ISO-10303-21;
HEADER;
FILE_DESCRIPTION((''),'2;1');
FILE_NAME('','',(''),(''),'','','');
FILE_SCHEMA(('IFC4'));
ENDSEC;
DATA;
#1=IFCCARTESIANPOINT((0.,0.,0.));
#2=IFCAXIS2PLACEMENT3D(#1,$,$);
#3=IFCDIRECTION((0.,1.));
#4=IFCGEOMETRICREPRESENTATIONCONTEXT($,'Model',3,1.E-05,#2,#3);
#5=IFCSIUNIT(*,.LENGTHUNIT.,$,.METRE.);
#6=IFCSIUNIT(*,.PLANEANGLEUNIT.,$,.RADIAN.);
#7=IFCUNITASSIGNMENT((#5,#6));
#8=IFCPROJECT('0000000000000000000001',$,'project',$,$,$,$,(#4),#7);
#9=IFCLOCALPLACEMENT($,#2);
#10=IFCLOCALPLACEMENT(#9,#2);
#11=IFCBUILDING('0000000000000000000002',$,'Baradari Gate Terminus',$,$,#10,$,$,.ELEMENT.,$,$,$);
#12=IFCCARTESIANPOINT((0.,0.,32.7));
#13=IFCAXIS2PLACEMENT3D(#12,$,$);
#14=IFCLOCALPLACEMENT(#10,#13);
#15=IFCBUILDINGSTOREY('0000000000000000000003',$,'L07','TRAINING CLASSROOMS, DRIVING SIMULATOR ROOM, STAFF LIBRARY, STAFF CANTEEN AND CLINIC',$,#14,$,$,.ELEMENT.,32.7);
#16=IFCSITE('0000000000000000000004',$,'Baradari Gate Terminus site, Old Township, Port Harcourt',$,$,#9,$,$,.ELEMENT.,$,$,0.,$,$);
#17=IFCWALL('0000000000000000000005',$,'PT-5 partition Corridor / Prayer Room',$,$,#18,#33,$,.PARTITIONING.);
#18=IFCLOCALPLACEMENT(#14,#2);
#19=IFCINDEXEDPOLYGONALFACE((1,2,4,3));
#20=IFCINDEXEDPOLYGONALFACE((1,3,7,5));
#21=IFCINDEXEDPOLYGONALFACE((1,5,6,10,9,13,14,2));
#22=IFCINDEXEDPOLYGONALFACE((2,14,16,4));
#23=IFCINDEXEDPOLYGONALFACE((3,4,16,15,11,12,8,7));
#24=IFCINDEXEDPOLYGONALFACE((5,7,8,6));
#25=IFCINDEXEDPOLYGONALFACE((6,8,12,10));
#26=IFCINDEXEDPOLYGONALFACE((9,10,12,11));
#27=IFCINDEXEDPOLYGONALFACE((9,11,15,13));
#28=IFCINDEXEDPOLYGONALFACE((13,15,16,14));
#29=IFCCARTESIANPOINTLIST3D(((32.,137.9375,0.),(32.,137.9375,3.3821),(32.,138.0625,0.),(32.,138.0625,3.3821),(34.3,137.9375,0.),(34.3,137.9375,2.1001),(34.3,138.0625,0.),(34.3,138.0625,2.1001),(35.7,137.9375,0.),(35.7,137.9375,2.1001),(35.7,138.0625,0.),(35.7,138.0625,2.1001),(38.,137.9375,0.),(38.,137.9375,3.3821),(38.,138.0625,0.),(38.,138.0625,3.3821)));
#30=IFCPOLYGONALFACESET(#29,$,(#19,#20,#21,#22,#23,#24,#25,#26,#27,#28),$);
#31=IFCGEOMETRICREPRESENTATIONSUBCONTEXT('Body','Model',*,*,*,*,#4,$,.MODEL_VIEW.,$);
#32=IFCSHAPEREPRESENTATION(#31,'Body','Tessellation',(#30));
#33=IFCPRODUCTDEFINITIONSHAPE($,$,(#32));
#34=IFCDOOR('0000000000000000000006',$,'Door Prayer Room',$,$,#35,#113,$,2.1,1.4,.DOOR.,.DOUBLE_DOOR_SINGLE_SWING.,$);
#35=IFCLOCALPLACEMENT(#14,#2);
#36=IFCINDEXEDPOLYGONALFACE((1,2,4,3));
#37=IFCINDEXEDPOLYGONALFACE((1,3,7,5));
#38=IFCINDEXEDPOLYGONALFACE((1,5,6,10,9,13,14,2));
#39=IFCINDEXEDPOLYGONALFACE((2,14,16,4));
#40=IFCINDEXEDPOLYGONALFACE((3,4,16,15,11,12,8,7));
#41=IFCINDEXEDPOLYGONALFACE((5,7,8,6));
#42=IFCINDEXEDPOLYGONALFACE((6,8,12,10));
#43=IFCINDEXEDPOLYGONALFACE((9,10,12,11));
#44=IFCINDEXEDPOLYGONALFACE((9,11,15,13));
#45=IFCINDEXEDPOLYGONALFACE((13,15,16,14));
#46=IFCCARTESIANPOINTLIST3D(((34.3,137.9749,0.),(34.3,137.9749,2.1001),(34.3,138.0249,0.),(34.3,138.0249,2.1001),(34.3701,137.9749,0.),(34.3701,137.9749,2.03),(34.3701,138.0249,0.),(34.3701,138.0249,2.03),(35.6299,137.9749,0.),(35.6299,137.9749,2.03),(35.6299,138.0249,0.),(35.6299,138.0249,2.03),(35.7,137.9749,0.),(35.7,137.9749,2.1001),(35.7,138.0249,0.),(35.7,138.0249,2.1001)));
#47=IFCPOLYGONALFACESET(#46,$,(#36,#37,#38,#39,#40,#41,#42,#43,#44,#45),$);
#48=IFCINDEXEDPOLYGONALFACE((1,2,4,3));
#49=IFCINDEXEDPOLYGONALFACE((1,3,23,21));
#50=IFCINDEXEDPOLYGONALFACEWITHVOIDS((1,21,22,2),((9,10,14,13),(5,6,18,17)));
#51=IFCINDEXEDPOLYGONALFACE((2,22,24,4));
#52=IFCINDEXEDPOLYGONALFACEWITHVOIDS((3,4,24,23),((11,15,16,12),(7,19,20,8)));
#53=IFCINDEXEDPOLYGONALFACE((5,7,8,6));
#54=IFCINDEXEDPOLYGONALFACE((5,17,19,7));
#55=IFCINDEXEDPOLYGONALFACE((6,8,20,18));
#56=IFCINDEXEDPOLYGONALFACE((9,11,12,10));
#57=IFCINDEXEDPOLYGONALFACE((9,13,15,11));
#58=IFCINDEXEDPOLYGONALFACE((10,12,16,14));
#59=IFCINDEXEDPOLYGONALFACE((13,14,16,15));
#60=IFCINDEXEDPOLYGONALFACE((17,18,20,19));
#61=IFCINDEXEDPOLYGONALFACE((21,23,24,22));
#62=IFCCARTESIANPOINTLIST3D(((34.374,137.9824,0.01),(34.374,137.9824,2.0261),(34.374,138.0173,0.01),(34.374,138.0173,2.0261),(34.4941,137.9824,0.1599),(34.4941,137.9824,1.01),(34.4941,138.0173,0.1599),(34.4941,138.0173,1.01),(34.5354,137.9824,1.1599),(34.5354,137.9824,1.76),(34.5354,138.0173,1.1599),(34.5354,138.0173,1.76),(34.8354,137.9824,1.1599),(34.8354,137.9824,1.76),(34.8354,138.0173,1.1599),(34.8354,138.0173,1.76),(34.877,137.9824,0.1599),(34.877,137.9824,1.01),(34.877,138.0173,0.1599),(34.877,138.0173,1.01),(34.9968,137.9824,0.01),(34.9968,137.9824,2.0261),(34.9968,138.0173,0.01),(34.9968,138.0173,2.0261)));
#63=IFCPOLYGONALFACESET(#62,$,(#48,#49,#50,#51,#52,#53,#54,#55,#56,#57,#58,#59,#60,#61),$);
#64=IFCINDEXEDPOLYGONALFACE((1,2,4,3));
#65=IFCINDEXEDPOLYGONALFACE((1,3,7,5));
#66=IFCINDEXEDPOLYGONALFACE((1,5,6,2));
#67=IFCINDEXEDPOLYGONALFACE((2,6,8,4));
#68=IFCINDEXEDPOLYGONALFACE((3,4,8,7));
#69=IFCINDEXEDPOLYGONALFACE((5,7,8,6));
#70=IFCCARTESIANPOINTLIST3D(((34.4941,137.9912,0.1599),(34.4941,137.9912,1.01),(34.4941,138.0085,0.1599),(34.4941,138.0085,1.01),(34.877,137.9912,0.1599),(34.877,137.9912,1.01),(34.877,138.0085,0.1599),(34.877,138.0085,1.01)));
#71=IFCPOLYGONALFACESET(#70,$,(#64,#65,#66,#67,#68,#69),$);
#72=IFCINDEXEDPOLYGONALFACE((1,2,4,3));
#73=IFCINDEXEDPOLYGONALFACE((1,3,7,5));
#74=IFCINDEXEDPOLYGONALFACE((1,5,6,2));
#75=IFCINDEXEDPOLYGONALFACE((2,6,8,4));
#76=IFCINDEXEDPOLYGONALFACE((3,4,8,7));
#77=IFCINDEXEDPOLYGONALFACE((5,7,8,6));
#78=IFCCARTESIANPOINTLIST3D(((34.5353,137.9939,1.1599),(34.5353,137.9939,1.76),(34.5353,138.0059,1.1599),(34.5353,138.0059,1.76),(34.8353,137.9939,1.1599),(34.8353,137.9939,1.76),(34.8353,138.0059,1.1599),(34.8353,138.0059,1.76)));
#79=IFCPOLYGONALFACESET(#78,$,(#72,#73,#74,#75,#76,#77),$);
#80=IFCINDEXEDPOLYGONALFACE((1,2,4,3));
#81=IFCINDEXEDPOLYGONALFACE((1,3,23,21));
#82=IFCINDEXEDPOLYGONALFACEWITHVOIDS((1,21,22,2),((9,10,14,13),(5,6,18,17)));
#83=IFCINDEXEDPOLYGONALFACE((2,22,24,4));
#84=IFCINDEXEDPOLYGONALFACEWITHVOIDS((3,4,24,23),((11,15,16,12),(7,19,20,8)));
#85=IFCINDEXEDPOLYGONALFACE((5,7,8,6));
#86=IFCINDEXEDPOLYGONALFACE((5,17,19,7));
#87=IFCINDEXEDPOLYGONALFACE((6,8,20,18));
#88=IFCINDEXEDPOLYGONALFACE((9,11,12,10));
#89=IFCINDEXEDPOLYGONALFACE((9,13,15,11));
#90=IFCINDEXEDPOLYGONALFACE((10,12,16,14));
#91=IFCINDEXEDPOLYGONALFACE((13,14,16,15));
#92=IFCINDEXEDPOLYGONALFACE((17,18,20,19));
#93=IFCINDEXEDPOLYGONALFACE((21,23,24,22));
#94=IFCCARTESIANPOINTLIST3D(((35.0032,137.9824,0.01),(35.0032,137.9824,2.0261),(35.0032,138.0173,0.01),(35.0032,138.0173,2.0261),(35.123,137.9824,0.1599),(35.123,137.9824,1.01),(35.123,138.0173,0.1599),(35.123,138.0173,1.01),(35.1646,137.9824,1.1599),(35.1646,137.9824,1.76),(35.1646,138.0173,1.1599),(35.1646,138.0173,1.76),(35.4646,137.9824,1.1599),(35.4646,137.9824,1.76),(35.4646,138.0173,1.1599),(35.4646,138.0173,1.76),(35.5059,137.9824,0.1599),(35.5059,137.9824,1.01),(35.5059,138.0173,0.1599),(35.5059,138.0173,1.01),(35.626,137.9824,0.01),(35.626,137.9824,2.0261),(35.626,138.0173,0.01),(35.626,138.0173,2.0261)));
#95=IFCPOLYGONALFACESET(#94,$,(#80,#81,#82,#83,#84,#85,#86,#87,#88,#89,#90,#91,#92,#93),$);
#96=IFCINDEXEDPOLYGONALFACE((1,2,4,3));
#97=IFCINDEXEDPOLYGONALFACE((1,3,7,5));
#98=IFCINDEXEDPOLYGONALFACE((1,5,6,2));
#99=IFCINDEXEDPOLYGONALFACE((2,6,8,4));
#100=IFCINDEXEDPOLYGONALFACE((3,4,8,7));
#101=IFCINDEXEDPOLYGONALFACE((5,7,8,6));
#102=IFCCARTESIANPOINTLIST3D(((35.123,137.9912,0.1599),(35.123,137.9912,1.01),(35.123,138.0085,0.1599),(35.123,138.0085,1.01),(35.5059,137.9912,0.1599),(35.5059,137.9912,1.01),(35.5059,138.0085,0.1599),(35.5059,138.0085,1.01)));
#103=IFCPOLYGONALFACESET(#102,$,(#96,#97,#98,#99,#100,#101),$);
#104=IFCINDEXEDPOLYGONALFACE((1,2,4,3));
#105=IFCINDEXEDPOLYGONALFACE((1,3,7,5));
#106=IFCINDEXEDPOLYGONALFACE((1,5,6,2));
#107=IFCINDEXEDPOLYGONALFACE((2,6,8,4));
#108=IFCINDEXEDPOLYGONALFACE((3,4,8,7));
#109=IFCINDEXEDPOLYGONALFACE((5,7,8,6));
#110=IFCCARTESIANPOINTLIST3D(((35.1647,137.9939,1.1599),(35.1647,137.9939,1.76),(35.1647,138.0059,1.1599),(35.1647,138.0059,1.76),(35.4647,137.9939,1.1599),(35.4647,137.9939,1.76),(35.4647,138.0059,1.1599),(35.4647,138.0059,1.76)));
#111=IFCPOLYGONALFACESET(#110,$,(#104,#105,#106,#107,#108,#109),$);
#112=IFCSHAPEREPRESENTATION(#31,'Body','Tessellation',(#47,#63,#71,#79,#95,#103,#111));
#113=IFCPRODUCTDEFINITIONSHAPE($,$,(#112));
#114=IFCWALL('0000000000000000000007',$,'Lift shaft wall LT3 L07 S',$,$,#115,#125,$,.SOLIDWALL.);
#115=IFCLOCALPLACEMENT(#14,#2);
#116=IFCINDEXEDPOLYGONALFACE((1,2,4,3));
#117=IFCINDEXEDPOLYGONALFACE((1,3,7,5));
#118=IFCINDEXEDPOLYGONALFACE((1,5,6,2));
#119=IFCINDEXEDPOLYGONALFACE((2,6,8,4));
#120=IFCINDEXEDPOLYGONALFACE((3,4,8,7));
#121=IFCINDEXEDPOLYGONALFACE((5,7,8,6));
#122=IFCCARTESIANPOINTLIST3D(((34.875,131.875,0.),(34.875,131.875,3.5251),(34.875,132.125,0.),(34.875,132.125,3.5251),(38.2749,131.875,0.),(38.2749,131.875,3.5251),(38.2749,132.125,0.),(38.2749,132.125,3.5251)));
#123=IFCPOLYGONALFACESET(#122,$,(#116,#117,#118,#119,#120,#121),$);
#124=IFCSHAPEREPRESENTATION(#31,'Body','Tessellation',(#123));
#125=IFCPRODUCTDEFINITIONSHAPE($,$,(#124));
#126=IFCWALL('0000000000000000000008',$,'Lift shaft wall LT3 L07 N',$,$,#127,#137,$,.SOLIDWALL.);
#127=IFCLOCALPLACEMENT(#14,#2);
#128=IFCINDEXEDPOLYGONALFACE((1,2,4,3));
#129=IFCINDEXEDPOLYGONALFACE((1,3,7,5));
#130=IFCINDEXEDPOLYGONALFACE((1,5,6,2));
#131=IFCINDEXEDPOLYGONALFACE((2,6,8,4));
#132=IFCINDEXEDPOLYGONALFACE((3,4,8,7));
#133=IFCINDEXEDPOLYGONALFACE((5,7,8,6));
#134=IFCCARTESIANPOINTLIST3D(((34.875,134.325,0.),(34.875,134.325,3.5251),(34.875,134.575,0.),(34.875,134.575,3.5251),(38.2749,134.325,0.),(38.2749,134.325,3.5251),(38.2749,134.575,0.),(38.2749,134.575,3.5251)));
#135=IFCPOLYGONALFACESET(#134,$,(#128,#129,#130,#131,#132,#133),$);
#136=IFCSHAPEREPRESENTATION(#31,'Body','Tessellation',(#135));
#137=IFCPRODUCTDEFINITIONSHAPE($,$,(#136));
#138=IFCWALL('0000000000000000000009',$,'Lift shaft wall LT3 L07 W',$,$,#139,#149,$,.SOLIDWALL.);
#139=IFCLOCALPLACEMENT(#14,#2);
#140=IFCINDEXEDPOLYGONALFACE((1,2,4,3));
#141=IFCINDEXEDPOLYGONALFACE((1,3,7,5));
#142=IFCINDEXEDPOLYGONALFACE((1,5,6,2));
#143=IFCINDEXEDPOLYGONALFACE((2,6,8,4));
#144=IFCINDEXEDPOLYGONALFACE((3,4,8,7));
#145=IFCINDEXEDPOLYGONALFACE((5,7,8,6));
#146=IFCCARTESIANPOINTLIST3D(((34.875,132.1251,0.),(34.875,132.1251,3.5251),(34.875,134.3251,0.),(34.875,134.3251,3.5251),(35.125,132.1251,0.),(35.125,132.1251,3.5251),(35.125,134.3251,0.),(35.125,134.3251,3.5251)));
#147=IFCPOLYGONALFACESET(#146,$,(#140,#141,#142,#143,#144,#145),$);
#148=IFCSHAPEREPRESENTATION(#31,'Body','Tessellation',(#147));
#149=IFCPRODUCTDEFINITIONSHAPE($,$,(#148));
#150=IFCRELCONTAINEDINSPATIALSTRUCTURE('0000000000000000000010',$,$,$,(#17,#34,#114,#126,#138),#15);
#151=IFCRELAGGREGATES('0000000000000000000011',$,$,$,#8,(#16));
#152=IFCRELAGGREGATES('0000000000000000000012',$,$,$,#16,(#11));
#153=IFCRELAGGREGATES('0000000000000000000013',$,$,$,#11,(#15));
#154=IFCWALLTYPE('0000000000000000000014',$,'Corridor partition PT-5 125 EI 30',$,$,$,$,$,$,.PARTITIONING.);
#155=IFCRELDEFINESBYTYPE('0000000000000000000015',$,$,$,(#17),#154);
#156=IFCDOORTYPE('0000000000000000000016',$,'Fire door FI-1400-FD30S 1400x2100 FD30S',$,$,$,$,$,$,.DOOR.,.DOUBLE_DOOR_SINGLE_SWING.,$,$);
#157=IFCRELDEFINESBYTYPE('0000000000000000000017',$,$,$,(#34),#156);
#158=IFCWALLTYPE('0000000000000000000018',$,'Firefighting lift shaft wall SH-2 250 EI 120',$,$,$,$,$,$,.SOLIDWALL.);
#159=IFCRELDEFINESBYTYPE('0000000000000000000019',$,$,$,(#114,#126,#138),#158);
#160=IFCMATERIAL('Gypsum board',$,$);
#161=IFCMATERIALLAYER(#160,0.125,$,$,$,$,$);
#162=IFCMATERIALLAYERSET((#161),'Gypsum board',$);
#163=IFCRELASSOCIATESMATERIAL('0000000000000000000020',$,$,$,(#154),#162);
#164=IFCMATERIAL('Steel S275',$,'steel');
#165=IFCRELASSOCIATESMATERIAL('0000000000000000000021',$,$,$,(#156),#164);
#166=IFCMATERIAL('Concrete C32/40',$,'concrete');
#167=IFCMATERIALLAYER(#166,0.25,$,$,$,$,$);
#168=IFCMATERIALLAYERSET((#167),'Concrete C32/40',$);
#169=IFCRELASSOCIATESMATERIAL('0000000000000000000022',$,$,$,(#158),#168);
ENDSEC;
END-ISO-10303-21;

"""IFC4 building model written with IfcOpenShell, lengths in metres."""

from ifc_helpers import new_model, si_unit, direction, frame, frame_2d, origin, place, context, subcontext, project, spatial, polyline, rectangle, outline, extrude, material, layer, layer_set, type_object, element, fill, save


model = new_model("IFC4")

# Units and contexts
model_context = context("Model", 3, precision=1e-05, world=origin(), true_north=direction((0.0, 1.0)))
body_context = subcontext(model_context, "Body", "Model", "MODEL_VIEW")
ifc_project = project(units=[si_unit("LENGTHUNIT", "METRE"), si_unit("PLANEANGLEUNIT", "RADIAN")], contexts=[model_context])

# Site, building, storey
site_placement = place(None, origin())
site = spatial("IfcSite", under=ifc_project, at=site_placement, Name="Baradari Gate Terminus site, Old Township, Port Harcourt", CompositionType="ELEMENT", RefElevation=0.0)
building_placement = place(site_placement, origin())
building = spatial("IfcBuilding", under=site, at=building_placement, Name="Baradari Gate Terminus", CompositionType="ELEMENT")
storey_placement = place(building_placement, frame((0.0, 0.0, 32.7)))
storey = spatial("IfcBuildingStorey", under=building, at=storey_placement, Name="L07", Description="TRAINING CLASSROOMS, DRIVING SIMULATOR ROOM, STAFF LIBRARY, STAFF CANTEEN AND CLINIC", CompositionType="ELEMENT", Elevation=32.7)

# Wall, opening, door
ifc_material_1 = material(Name="Gypsum board")
ifc_layer_1 = layer(ifc_material_1, 0.125)
ifc_layer_set_1 = layer_set([ifc_layer_1], Name="Gypsum board")
wall_type_1 = type_object("IfcWallType", Name="Corridor partition PT-5 125 EI 30", PredefinedType="PARTITIONING", material=ifc_layer_set_1)
wall_1_placement = place(storey_placement, frame((32.0, 138.0, 0.0), z_axis=(0.0, 0.0, 1.0), x_axis=(1.0, 0.0, 0.0)))
wall_1 = element("IfcWall", 1, at=wall_1_placement, inside=storey, type_object=wall_type_1, Name="PT-5 partition Corridor / Prayer Room", PredefinedType="PARTITIONING", context=body_context, shape_type="SweptSolid", body=[
    extrude(rectangle(XDim=6.0, YDim=0.125, at=frame_2d((3.0, 0.0))), origin(), (0.0, 0.0, 1.0), 3.3821),
])
opening_1_placement = place(wall_1_placement, frame((2.3, 0.0, 0.0)))
opening_1 = element("IfcOpeningElement", 2, at=opening_1_placement, cuts=wall_1, PredefinedType="OPENING", context=body_context, shape_type="SweptSolid", body=[
    extrude(rectangle(XDim=1.3999, YDim=2.1001, at=frame_2d((0.7, 1.05))), frame((0.0, 0.0725, 0.0), z_axis=(0.0, -1.0, 0.0), x_axis=(1.0, 0.0, 0.0)), (0.0, 0.0, 1.0), 0.145),
])
ifc_material_2 = material(Name="Steel S275", Category="steel")
door_type_1 = type_object("IfcDoorType", Name="Fire door FI-1400-FD30S 1400x2100 FD30S", OperationType="DOUBLE_DOOR_SINGLE_SWING", PredefinedType="DOOR", material=ifc_material_2)
door_1_placement = place(opening_1_placement, origin())
door_1 = element("IfcDoor", 3, at=door_1_placement, inside=storey, type_object=door_type_1, Name="Door Prayer Room", OperationType="DOUBLE_DOOR_SINGLE_SWING", OverallHeight=2.1, OverallWidth=1.4, PredefinedType="DOOR", context=body_context, shape_type="SweptSolid", body=[
    extrude(outline(polyline([(0.0, 0.0), (0.0701, 0.0), (0.0701, 2.03), (1.3298, 2.03), (1.3298, 0.0), (1.3999, 0.0), (1.3999, 2.1001), (0.0, 2.1001), (0.0, 0.0)])), frame((0.0, 0.0249, 0.0), z_axis=(0.0, -1.0, 0.0), x_axis=(1.0, 0.0, 0.0)), (0.0, 0.0, 1.0), 0.05),
    extrude(outline(polyline([(0.074, 0.01), (0.6968, 0.01), (0.6968, 2.0261), (0.074, 2.0261), (0.074, 0.01)]), holes=[polyline([(0.1941, 0.1599), (0.5769, 0.1599), (0.5769, 1.01), (0.1941, 1.01), (0.1941, 0.1599)]), polyline([(0.2354, 1.1599), (0.5354, 1.1599), (0.5354, 1.76), (0.2354, 1.76), (0.2354, 1.1599)])]), frame((0.0, 0.0173, 0.0), z_axis=(0.0, -1.0, 0.0), x_axis=(1.0, 0.0, 0.0)), (0.0, 0.0, 1.0), 0.0349),
    extrude(rectangle(XDim=0.3828, YDim=0.8501, at=frame_2d((0.3855, 0.585))), frame((0.0, 0.0085, 0.0), z_axis=(0.0, -1.0, 0.0), x_axis=(1.0, 0.0, 0.0)), (0.0, 0.0, 1.0), 0.0173),
    extrude(rectangle(XDim=0.3, YDim=0.6001, at=frame_2d((0.3853, 1.46))), frame((0.0, 0.0059, 0.0), z_axis=(0.0, -1.0, 0.0), x_axis=(1.0, 0.0, 0.0)), (0.0, 0.0, 1.0), 0.012),
    extrude(outline(polyline([(0.7031, 0.01), (1.3259, 0.01), (1.3259, 2.0261), (0.7031, 2.0261), (0.7031, 0.01)]), holes=[polyline([(0.823, 0.1599), (1.2058, 0.1599), (1.2058, 1.01), (0.823, 1.01), (0.823, 0.1599)]), polyline([(0.8645, 1.1599), (1.1646, 1.1599), (1.1646, 1.76), (0.8645, 1.76), (0.8645, 1.1599)])]), frame((0.0, 0.0173, 0.0), z_axis=(0.0, -1.0, 0.0), x_axis=(1.0, 0.0, 0.0)), (0.0, 0.0, 1.0), 0.0349),
    extrude(rectangle(XDim=0.3828, YDim=0.8501, at=frame_2d((1.0144, 0.585))), frame((0.0, 0.0085, 0.0), z_axis=(0.0, -1.0, 0.0), x_axis=(1.0, 0.0, 0.0)), (0.0, 0.0, 1.0), 0.0173),
    extrude(rectangle(XDim=0.3, YDim=0.6001, at=frame_2d((1.0146, 1.46))), frame((0.0, 0.0059, 0.0), z_axis=(0.0, -1.0, 0.0), x_axis=(1.0, 0.0, 0.0)), (0.0, 0.0, 1.0), 0.012),
])
fill(opening_1, door_1)

# Walls
ifc_material_3 = material(Name="Concrete C32/40", Category="concrete")
ifc_layer_2 = layer(ifc_material_3, 0.25)
ifc_layer_set_2 = layer_set([ifc_layer_2], Name="Concrete C32/40")
wall_type_2 = type_object("IfcWallType", Name="Firefighting lift shaft wall SH-2 250 EI 120", PredefinedType="SOLIDWALL", material=ifc_layer_set_2)
for number, where, z_axis, x_axis, name in (
    (4, (34.875, 132.0, 0.0), (0.0, 0.0, 1.0), (1.0, 0.0, 0.0), "Lift shaft wall LT3 L07 S"),
    (5, (34.875, 134.45, 0.0), (0.0, 0.0, 1.0), (1.0, 0.0, 0.0), "Lift shaft wall LT3 L07 N"),
):
    element("IfcWall", number, at=place(storey_placement, frame(where, z_axis=z_axis, x_axis=x_axis)), inside=storey, type_object=wall_type_2, Name=name, PredefinedType="SOLIDWALL", context=body_context, shape_type="SweptSolid", body=[
        extrude(rectangle(XDim=3.3999, YDim=0.25, at=frame_2d((1.7, 0.0))), origin(), (0.0, 0.0, 1.0), 3.5251),
    ])
wall_2_placement = place(storey_placement, frame((35.0, 132.125, 0.0), z_axis=(0.0, 0.0, 1.0), x_axis=(0.0, 1.0, 0.0)))
element("IfcWall", 6, at=wall_2_placement, inside=storey, type_object=wall_type_2, Name="Lift shaft wall LT3 L07 W", PredefinedType="SOLIDWALL", context=body_context, shape_type="SweptSolid", body=[
    extrude(rectangle(XDim=2.2, YDim=0.25, at=frame_2d((1.1001, 0.0))), origin(), (0.0, 0.0, 1.0), 3.5251),
])

save(model, "model.ifc")
